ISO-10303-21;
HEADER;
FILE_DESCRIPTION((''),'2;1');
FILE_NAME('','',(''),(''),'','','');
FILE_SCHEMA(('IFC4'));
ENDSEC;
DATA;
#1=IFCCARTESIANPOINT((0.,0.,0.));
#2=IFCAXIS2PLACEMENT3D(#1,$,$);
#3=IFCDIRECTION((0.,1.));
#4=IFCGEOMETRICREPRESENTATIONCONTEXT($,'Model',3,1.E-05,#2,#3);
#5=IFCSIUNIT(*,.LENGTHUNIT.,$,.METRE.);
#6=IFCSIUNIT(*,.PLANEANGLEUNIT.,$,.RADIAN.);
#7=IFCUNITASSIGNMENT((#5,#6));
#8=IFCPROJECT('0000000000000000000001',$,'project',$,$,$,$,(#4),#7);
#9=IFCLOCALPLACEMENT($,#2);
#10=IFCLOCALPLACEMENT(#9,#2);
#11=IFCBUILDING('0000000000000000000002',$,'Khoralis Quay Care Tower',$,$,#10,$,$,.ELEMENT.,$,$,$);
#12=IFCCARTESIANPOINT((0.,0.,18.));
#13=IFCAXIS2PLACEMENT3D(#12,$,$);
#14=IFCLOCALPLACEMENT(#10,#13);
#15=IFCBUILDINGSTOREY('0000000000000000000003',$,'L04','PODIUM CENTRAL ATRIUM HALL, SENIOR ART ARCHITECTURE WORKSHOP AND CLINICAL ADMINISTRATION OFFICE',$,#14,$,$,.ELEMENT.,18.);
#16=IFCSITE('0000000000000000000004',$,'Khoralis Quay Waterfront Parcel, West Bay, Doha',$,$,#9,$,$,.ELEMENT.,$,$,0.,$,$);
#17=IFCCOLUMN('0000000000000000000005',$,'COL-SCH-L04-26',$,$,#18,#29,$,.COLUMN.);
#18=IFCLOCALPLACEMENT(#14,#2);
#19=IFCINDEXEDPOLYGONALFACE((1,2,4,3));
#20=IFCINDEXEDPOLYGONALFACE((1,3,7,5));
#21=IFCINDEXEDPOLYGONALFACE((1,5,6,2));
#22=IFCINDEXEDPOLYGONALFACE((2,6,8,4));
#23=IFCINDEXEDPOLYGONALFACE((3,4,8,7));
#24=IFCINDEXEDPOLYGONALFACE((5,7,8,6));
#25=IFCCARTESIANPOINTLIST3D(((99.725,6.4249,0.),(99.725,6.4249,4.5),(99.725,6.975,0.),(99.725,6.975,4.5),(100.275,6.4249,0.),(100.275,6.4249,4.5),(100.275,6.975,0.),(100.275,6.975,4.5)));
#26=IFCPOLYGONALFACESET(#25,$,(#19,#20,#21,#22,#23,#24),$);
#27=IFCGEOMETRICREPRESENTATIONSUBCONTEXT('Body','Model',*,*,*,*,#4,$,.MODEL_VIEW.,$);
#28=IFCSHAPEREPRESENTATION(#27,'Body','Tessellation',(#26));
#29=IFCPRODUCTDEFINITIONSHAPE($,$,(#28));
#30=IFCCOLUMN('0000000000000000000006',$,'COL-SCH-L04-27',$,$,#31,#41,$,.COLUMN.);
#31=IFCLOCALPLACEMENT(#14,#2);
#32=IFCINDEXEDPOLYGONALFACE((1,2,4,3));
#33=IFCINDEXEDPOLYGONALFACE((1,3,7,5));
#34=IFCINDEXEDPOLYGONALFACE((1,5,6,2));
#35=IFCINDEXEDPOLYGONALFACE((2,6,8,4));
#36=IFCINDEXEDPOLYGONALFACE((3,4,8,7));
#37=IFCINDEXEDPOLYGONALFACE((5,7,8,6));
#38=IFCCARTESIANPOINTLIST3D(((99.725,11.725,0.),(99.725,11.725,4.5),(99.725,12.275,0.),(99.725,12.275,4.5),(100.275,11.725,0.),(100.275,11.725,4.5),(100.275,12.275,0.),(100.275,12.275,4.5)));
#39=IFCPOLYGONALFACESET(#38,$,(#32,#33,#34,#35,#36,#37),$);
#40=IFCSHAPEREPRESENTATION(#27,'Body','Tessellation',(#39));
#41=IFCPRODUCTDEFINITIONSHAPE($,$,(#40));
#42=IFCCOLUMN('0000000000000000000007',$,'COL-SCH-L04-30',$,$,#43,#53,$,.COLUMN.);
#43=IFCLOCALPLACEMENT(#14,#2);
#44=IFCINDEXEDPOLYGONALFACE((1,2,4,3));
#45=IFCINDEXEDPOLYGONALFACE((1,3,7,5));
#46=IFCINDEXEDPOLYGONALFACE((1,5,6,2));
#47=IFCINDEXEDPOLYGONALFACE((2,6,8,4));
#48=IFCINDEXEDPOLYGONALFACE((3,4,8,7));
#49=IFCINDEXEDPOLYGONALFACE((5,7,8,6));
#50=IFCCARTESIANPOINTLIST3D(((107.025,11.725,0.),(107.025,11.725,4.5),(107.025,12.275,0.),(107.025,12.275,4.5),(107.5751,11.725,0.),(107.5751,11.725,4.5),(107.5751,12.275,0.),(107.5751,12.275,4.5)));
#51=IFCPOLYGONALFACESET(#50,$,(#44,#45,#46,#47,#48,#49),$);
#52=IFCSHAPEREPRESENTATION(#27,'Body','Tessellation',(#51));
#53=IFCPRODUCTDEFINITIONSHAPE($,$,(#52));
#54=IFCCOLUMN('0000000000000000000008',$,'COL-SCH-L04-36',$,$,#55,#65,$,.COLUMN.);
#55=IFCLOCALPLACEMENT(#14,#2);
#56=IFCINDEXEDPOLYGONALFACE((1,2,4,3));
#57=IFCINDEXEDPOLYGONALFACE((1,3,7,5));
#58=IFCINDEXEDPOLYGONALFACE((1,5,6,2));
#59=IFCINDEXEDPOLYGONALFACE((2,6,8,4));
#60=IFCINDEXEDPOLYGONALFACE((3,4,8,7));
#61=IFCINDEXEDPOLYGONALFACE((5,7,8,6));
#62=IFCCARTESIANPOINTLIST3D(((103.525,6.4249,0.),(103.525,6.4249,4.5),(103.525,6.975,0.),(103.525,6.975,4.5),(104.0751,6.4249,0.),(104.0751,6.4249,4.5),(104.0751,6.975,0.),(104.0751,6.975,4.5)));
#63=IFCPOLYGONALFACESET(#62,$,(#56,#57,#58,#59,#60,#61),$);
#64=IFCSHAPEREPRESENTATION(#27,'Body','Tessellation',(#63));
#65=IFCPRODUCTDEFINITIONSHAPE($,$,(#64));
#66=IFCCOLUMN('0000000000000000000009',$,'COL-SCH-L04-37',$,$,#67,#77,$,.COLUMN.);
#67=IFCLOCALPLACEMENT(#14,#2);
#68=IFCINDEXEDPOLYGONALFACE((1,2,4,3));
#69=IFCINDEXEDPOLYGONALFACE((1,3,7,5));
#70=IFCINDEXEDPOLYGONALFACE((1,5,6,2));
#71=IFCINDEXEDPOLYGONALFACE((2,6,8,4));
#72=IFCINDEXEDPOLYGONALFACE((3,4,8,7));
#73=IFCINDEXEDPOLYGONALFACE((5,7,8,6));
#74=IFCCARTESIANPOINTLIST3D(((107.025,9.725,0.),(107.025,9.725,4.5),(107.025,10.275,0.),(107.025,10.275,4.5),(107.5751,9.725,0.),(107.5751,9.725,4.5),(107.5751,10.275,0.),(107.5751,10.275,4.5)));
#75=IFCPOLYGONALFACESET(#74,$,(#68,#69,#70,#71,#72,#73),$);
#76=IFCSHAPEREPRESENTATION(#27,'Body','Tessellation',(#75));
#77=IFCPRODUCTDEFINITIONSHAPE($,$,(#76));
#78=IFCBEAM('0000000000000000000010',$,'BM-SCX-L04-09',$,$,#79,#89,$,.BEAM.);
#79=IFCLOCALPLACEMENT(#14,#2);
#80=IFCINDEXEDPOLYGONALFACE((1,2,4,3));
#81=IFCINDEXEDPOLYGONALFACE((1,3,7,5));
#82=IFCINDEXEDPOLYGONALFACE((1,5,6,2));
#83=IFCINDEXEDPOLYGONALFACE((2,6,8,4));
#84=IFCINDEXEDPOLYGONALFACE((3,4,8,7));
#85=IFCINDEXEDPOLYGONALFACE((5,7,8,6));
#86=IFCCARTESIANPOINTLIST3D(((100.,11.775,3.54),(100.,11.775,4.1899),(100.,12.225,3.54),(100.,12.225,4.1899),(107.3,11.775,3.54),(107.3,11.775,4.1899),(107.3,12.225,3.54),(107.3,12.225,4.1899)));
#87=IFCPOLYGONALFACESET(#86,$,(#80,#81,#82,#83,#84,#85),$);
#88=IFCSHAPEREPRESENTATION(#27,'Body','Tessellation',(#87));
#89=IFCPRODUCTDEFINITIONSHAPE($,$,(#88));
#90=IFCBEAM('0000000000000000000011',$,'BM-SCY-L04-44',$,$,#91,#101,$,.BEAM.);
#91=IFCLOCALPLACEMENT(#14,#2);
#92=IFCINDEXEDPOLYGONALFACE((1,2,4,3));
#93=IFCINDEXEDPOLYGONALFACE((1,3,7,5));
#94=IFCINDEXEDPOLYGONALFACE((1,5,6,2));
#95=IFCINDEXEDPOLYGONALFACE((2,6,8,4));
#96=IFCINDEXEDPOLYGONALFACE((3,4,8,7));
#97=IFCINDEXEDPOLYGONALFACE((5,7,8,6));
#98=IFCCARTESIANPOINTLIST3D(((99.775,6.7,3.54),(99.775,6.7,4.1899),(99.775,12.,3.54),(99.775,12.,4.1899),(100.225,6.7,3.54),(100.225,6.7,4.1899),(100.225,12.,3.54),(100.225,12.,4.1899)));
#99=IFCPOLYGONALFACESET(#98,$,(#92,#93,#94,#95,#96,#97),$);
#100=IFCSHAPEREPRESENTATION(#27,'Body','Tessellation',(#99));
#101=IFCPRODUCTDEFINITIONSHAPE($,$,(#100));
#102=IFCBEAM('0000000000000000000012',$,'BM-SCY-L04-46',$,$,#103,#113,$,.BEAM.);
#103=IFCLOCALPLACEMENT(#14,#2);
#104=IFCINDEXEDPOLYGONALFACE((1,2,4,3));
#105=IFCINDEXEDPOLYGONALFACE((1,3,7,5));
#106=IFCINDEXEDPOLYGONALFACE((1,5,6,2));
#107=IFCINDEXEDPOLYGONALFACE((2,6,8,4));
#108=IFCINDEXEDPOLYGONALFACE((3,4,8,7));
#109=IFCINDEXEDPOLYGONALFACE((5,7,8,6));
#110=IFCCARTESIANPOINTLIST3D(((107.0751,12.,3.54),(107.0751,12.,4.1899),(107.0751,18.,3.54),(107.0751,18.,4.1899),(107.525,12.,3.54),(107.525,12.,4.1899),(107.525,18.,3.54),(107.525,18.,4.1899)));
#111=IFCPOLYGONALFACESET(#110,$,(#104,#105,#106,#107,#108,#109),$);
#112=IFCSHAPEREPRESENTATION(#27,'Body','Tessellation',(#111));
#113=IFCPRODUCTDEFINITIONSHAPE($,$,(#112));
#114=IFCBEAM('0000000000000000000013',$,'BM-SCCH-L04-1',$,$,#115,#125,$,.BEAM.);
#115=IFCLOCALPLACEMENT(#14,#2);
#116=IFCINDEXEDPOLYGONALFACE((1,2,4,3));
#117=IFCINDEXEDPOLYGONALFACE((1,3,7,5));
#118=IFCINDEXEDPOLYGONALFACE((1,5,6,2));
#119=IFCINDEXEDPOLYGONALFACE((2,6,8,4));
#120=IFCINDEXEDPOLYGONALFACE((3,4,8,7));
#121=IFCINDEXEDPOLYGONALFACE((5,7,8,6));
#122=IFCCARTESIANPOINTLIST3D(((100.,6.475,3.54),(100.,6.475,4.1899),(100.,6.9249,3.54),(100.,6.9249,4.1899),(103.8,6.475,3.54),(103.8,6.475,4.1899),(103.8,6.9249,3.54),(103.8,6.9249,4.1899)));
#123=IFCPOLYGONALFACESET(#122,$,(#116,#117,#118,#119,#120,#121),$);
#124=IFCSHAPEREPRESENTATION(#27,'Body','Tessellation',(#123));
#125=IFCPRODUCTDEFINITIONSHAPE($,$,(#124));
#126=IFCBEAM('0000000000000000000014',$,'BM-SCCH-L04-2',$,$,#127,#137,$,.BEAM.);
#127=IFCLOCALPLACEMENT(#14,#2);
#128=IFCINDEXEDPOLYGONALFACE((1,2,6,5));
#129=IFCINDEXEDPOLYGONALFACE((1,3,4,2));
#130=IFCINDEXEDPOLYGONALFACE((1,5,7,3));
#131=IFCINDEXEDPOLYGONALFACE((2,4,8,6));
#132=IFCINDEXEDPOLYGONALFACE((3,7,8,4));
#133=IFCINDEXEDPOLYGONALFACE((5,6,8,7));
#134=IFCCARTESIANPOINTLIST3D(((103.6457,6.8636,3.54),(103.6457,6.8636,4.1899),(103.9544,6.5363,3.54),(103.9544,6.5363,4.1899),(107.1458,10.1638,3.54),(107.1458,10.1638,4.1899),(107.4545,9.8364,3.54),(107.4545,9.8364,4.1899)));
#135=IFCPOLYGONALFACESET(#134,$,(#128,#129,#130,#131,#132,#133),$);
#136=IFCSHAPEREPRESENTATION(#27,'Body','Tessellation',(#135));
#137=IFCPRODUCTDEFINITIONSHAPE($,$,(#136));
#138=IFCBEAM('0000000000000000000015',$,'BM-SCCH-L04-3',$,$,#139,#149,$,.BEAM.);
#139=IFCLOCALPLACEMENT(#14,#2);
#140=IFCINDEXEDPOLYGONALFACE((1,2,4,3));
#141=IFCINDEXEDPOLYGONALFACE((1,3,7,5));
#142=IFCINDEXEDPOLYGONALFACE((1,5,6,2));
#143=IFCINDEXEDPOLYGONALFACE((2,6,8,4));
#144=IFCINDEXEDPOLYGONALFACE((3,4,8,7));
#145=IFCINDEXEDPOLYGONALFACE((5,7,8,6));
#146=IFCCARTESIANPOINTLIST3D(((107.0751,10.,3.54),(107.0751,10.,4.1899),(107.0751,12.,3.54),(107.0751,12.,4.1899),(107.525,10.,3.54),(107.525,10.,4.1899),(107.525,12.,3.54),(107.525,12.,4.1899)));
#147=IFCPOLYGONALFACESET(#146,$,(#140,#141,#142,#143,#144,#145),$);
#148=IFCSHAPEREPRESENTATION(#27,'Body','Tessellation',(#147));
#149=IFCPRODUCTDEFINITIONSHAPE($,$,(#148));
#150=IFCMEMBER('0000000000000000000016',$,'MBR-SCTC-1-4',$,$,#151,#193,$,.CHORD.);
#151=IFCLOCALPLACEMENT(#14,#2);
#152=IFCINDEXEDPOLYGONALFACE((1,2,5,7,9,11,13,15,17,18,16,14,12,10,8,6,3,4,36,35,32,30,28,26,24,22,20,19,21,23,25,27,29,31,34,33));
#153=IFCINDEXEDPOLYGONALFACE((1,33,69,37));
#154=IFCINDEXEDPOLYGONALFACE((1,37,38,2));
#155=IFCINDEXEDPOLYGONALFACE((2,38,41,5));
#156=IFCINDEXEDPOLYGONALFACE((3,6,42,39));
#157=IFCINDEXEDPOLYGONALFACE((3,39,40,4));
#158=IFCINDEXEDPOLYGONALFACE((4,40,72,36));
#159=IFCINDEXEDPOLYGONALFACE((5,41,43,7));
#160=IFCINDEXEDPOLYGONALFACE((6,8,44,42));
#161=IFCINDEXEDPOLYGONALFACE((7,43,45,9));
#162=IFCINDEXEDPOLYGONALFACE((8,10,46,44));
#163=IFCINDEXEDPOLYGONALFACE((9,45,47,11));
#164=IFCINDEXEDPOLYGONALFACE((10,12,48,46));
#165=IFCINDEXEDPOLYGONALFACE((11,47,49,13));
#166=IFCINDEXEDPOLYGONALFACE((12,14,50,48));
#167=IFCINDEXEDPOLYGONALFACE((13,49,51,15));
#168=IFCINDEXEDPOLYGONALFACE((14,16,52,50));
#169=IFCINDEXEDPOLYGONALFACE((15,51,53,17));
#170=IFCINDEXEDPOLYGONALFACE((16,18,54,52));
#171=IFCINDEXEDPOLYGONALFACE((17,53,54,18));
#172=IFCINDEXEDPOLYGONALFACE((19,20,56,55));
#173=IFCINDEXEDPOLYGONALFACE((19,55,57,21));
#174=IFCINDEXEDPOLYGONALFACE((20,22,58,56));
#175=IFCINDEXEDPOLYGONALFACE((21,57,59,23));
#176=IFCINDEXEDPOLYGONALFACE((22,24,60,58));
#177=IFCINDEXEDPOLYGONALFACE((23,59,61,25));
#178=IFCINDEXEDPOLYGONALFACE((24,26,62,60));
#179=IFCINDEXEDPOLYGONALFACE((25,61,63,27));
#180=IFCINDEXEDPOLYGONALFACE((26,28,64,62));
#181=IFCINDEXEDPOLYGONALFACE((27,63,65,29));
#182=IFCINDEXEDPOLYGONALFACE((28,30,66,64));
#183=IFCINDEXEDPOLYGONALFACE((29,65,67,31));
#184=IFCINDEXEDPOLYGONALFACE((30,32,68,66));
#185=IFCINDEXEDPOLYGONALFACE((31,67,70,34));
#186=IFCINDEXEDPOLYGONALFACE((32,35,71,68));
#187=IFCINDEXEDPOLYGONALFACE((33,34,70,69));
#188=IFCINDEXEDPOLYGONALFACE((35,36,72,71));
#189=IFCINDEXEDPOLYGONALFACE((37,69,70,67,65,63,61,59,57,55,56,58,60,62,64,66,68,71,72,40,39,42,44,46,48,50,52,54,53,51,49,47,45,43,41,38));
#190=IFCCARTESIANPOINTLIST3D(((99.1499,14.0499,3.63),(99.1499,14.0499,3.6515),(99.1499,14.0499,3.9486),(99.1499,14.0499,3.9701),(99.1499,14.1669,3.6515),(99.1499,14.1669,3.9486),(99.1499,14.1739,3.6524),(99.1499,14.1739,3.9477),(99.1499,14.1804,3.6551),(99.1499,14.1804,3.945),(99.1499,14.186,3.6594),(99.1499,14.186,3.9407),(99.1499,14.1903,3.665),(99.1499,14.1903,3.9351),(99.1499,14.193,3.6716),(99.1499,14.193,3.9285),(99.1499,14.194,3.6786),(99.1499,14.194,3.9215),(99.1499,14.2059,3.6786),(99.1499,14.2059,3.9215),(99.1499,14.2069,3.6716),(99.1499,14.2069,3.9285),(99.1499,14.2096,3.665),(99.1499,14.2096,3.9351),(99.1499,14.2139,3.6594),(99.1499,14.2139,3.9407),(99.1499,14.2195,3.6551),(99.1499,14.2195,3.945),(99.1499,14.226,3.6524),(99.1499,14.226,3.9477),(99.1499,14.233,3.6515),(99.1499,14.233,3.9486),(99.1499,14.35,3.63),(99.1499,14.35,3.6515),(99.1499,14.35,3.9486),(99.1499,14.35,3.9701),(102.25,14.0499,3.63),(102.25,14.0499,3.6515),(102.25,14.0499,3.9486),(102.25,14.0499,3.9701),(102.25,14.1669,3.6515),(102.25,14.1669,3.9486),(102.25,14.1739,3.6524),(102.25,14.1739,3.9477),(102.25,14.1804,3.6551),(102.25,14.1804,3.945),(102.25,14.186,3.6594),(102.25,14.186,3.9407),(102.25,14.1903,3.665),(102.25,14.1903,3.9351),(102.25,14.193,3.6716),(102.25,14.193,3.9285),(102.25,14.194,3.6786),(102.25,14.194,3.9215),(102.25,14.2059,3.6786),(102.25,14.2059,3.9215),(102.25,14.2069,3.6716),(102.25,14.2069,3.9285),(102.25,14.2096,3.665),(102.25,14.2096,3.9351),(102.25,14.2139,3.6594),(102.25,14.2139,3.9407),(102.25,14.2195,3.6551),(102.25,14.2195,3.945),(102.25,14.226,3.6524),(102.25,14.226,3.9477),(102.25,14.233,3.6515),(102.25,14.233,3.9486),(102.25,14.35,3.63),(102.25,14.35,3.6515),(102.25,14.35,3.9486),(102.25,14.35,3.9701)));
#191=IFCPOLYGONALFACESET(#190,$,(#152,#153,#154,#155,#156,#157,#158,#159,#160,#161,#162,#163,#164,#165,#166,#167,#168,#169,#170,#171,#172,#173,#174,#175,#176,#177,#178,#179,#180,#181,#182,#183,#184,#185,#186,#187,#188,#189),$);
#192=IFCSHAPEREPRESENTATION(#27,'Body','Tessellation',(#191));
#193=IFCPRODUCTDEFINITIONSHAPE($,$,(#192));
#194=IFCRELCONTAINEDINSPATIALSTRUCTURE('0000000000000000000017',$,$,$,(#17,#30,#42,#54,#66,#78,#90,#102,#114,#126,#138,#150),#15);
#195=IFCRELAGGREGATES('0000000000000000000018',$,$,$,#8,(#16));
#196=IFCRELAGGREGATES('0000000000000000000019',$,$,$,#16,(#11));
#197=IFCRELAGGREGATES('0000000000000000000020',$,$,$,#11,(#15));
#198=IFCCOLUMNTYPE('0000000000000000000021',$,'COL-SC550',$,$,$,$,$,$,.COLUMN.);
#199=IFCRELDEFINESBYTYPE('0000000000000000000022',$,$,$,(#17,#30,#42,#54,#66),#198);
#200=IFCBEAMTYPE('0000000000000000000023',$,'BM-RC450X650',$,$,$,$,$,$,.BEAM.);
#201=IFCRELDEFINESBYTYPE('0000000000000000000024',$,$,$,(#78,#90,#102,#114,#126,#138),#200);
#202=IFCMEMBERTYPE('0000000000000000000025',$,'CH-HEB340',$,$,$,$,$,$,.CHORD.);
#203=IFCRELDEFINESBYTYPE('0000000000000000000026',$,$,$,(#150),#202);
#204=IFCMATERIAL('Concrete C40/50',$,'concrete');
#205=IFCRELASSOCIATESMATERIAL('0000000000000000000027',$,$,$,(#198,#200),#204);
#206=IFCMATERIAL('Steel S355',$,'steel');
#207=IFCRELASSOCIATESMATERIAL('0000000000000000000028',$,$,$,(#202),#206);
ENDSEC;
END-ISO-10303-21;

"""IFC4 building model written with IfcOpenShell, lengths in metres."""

from ifc_helpers import new_model, si_unit, direction, frame, origin, origin_2d, place, context, subcontext, project, spatial, rectangle, i_section, extrude, source, transform, mapped, material, material_profile, profile_set, type_object, element, save


model = new_model("IFC4")

# Units and contexts
model_context = context("Model", 3, precision=1e-05, world=origin(), true_north=direction((0.0, 1.0)))
body_context = subcontext(model_context, "Body", "Model", "MODEL_VIEW")
ifc_project = project(units=[si_unit("LENGTHUNIT", "METRE"), si_unit("PLANEANGLEUNIT", "RADIAN")], contexts=[model_context])

# Site, building, storey
site_placement = place(None, origin())
site = spatial("IfcSite", under=ifc_project, at=site_placement, Name="Khoralis Quay Waterfront Parcel, West Bay, Doha", CompositionType="ELEMENT", RefElevation=0.0)
building_placement = place(site_placement, origin())
building = spatial("IfcBuilding", under=site, at=building_placement, Name="Khoralis Quay Care Tower", CompositionType="ELEMENT")
storey_placement = place(building_placement, frame((0.0, 0.0, 18.0)))
storey = spatial("IfcBuildingStorey", under=building, at=storey_placement, Name="L04", Description="PODIUM CENTRAL ATRIUM HALL, SENIOR ART ARCHITECTURE WORKSHOP AND CLINICAL ADMINISTRATION OFFICE", CompositionType="ELEMENT", Elevation=18.0)

# Columns
ifc_material_1 = material(Name="Concrete C40/50", Category="concrete")
ifc_material_profile_1 = material_profile(ifc_material_1, rectangle(XDim=0.55, YDim=0.55, at=origin_2d()), Name="Concrete C40/50")
ifc_profile_set_1 = profile_set([ifc_material_profile_1], Name="Concrete C40/50")
column_type = type_object("IfcColumnType", Name="COL-SC550", PredefinedType="COLUMN", material=ifc_profile_set_1)
shared_shape_1 = source(origin(), body_context, "Body", "SweptSolid", [
    extrude(rectangle(XDim=0.55, YDim=0.55, at=origin_2d()), origin(), (0.0, 0.0, 1.0), 4.5),
])
for number, where, z_axis, x_axis, name in (
    (1, (100.0, 6.7, 0.0), (0.0, 0.0, 1.0), (1.0, 0.0, 0.0), "COL-SCH-L04-26"),
    (2, (100.0, 12.0, 0.0), (0.0, 0.0, 1.0), (1.0, 0.0, 0.0), "COL-SCH-L04-27"),
    (3, (107.3, 12.0, 0.0), (0.0, 0.0, 1.0), (1.0, 0.0, 0.0), "COL-SCH-L04-30"),
    (4, (103.8, 6.7, 0.0), (0.0, 0.0, 1.0), (1.0, 0.0, 0.0), "COL-SCH-L04-36"),
    (5, (107.3, 10.0, 0.0), (0.0, 0.0, 1.0), (1.0, 0.0, 0.0), "COL-SCH-L04-37"),
):
    element("IfcColumn", number, at=place(storey_placement, frame(where, z_axis=z_axis, x_axis=x_axis)), inside=storey, type_object=column_type, Name=name, PredefinedType="COLUMN", context=body_context, shape_type="MappedRepresentation", body=[
        mapped(shared_shape_1, transform((0.0, 0.0, 0.0), scale=1.0)),
    ])

# Beams
ifc_material_profile_2 = material_profile(ifc_material_1, rectangle(XDim=0.45, YDim=0.6499, at=origin_2d()), Name="Concrete C40/50")
ifc_profile_set_2 = profile_set([ifc_material_profile_2], Name="Concrete C40/50")
beam_type = type_object("IfcBeamType", Name="BM-RC450X650", PredefinedType="BEAM", material=ifc_profile_set_2)
shared_shape_2 = source(origin(), body_context, "Body", "SweptSolid", [
    extrude(rectangle(XDim=0.45, YDim=0.6499, at=origin_2d()), origin(), (0.0, 0.0, 1.0), 7.3),
])
beam_1_placement = place(storey_placement, frame((100.0, 12.0, 3.865), z_axis=(1.0, 0.0, 0.0), x_axis=(0.0, 1.0, 0.0)))
element("IfcBeam", 6, at=beam_1_placement, inside=storey, type_object=beam_type, Name="BM-SCX-L04-09", PredefinedType="BEAM", context=body_context, shape_type="MappedRepresentation", body=[
    mapped(shared_shape_2, transform((0.0, 0.0, 0.0), scale=1.0)),
])
shared_shape_3 = source(origin(), body_context, "Body", "SweptSolid", [
    extrude(rectangle(XDim=0.45, YDim=0.6499, at=origin_2d()), origin(), (0.0, 0.0, 1.0), 5.3),
])
beam_2_placement = place(storey_placement, frame((100.0, 6.7, 3.865), z_axis=(0.0, 1.0, 0.0), x_axis=(-1.0, 0.0, 0.0)))
element("IfcBeam", 7, at=beam_2_placement, inside=storey, type_object=beam_type, Name="BM-SCY-L04-44", PredefinedType="BEAM", context=body_context, shape_type="MappedRepresentation", body=[
    mapped(shared_shape_3, transform((0.0, 0.0, 0.0), scale=1.0)),
])
shared_shape_4 = source(origin(), body_context, "Body", "SweptSolid", [
    extrude(rectangle(XDim=0.45, YDim=0.6499, at=origin_2d()), origin(), (0.0, 0.0, 1.0), 6.0),
])
beam_3_placement = place(storey_placement, frame((107.3, 12.0, 3.865), z_axis=(0.0, 1.0, 0.0), x_axis=(-1.0, 0.0, 0.0)))
element("IfcBeam", 8, at=beam_3_placement, inside=storey, type_object=beam_type, Name="BM-SCY-L04-46", PredefinedType="BEAM", context=body_context, shape_type="MappedRepresentation", body=[
    mapped(shared_shape_4, transform((0.0, 0.0, 0.0), scale=1.0)),
])
shared_shape_5 = source(origin(), body_context, "Body", "SweptSolid", [
    extrude(rectangle(XDim=0.45, YDim=0.6499, at=origin_2d()), origin(), (0.0, 0.0, 1.0), 3.8),
])
beam_4_placement = place(storey_placement, frame((100.0, 6.7, 3.865), z_axis=(1.0, 0.0, 0.0), x_axis=(0.0, 1.0, 0.0)))
element("IfcBeam", 9, at=beam_4_placement, inside=storey, type_object=beam_type, Name="BM-SCCH-L04-1", PredefinedType="BEAM", context=body_context, shape_type="MappedRepresentation", body=[
    mapped(shared_shape_5, transform((0.0, 0.0, 0.0), scale=1.0)),
])
shared_shape_6 = source(origin(), body_context, "Body", "SweptSolid", [
    extrude(rectangle(XDim=0.45, YDim=0.6499, at=origin_2d()), origin(), (0.0, 0.0, 1.0), 4.8105),
])
beam_5_placement = place(storey_placement, frame((103.8, 6.7, 3.865), z_axis=(0.727584, 0.686018, 0.0), x_axis=(-0.686018, 0.727584, 0.0)))
element("IfcBeam", 10, at=beam_5_placement, inside=storey, type_object=beam_type, Name="BM-SCCH-L04-2", PredefinedType="BEAM", context=body_context, shape_type="MappedRepresentation", body=[
    mapped(shared_shape_6, transform((0.0, 0.0, 0.0), scale=1.0)),
])
shared_shape_7 = source(origin(), body_context, "Body", "SweptSolid", [
    extrude(rectangle(XDim=0.45, YDim=0.6499, at=origin_2d()), origin(), (0.0, 0.0, 1.0), 2.0),
])
beam_6_placement = place(storey_placement, frame((107.3, 10.0, 3.865), z_axis=(0.0, 1.0, 0.0), x_axis=(-1.0, 0.0, 0.0)))
element("IfcBeam", 11, at=beam_6_placement, inside=storey, type_object=beam_type, Name="BM-SCCH-L04-3", PredefinedType="BEAM", context=body_context, shape_type="MappedRepresentation", body=[
    mapped(shared_shape_7, transform((0.0, 0.0, 0.0), scale=1.0)),
])

# Member
ifc_material_2 = material(Name="Steel S355", Category="steel")
ifc_material_profile_3 = material_profile(ifc_material_2, i_section(OverallWidth=0.3, OverallDepth=0.3401, WebThickness=0.012, FlangeThickness=0.0215, FilletRadius=0.0271, at=origin_2d()), Name="Steel S355")
ifc_profile_set_3 = profile_set([ifc_material_profile_3], Name="Steel S355")
member_type_1 = type_object("IfcMemberType", Name="CH-HEB340", PredefinedType="CHORD", material=ifc_profile_set_3)
shared_shape_8 = source(origin(), body_context, "Body", "SweptSolid", [
    extrude(i_section(OverallWidth=0.3, OverallDepth=0.3401, WebThickness=0.012, FlangeThickness=0.0215, FilletRadius=0.0271, at=origin_2d()), origin(), (0.0, 0.0, 1.0), 3.1001),
])
member_1_placement = place(storey_placement, frame((99.1499, 14.2, 3.8), z_axis=(1.0, 0.0, 0.0), x_axis=(0.0, 1.0, 0.0)))
element("IfcMember", 12, at=member_1_placement, inside=storey, type_object=member_type_1, Name="MBR-SCTC-1-4", PredefinedType="CHORD", context=body_context, shape_type="MappedRepresentation", body=[
    mapped(shared_shape_8, transform((0.0, 0.0, 0.0), scale=1.0)),
])

save(model, "model.ifc")
